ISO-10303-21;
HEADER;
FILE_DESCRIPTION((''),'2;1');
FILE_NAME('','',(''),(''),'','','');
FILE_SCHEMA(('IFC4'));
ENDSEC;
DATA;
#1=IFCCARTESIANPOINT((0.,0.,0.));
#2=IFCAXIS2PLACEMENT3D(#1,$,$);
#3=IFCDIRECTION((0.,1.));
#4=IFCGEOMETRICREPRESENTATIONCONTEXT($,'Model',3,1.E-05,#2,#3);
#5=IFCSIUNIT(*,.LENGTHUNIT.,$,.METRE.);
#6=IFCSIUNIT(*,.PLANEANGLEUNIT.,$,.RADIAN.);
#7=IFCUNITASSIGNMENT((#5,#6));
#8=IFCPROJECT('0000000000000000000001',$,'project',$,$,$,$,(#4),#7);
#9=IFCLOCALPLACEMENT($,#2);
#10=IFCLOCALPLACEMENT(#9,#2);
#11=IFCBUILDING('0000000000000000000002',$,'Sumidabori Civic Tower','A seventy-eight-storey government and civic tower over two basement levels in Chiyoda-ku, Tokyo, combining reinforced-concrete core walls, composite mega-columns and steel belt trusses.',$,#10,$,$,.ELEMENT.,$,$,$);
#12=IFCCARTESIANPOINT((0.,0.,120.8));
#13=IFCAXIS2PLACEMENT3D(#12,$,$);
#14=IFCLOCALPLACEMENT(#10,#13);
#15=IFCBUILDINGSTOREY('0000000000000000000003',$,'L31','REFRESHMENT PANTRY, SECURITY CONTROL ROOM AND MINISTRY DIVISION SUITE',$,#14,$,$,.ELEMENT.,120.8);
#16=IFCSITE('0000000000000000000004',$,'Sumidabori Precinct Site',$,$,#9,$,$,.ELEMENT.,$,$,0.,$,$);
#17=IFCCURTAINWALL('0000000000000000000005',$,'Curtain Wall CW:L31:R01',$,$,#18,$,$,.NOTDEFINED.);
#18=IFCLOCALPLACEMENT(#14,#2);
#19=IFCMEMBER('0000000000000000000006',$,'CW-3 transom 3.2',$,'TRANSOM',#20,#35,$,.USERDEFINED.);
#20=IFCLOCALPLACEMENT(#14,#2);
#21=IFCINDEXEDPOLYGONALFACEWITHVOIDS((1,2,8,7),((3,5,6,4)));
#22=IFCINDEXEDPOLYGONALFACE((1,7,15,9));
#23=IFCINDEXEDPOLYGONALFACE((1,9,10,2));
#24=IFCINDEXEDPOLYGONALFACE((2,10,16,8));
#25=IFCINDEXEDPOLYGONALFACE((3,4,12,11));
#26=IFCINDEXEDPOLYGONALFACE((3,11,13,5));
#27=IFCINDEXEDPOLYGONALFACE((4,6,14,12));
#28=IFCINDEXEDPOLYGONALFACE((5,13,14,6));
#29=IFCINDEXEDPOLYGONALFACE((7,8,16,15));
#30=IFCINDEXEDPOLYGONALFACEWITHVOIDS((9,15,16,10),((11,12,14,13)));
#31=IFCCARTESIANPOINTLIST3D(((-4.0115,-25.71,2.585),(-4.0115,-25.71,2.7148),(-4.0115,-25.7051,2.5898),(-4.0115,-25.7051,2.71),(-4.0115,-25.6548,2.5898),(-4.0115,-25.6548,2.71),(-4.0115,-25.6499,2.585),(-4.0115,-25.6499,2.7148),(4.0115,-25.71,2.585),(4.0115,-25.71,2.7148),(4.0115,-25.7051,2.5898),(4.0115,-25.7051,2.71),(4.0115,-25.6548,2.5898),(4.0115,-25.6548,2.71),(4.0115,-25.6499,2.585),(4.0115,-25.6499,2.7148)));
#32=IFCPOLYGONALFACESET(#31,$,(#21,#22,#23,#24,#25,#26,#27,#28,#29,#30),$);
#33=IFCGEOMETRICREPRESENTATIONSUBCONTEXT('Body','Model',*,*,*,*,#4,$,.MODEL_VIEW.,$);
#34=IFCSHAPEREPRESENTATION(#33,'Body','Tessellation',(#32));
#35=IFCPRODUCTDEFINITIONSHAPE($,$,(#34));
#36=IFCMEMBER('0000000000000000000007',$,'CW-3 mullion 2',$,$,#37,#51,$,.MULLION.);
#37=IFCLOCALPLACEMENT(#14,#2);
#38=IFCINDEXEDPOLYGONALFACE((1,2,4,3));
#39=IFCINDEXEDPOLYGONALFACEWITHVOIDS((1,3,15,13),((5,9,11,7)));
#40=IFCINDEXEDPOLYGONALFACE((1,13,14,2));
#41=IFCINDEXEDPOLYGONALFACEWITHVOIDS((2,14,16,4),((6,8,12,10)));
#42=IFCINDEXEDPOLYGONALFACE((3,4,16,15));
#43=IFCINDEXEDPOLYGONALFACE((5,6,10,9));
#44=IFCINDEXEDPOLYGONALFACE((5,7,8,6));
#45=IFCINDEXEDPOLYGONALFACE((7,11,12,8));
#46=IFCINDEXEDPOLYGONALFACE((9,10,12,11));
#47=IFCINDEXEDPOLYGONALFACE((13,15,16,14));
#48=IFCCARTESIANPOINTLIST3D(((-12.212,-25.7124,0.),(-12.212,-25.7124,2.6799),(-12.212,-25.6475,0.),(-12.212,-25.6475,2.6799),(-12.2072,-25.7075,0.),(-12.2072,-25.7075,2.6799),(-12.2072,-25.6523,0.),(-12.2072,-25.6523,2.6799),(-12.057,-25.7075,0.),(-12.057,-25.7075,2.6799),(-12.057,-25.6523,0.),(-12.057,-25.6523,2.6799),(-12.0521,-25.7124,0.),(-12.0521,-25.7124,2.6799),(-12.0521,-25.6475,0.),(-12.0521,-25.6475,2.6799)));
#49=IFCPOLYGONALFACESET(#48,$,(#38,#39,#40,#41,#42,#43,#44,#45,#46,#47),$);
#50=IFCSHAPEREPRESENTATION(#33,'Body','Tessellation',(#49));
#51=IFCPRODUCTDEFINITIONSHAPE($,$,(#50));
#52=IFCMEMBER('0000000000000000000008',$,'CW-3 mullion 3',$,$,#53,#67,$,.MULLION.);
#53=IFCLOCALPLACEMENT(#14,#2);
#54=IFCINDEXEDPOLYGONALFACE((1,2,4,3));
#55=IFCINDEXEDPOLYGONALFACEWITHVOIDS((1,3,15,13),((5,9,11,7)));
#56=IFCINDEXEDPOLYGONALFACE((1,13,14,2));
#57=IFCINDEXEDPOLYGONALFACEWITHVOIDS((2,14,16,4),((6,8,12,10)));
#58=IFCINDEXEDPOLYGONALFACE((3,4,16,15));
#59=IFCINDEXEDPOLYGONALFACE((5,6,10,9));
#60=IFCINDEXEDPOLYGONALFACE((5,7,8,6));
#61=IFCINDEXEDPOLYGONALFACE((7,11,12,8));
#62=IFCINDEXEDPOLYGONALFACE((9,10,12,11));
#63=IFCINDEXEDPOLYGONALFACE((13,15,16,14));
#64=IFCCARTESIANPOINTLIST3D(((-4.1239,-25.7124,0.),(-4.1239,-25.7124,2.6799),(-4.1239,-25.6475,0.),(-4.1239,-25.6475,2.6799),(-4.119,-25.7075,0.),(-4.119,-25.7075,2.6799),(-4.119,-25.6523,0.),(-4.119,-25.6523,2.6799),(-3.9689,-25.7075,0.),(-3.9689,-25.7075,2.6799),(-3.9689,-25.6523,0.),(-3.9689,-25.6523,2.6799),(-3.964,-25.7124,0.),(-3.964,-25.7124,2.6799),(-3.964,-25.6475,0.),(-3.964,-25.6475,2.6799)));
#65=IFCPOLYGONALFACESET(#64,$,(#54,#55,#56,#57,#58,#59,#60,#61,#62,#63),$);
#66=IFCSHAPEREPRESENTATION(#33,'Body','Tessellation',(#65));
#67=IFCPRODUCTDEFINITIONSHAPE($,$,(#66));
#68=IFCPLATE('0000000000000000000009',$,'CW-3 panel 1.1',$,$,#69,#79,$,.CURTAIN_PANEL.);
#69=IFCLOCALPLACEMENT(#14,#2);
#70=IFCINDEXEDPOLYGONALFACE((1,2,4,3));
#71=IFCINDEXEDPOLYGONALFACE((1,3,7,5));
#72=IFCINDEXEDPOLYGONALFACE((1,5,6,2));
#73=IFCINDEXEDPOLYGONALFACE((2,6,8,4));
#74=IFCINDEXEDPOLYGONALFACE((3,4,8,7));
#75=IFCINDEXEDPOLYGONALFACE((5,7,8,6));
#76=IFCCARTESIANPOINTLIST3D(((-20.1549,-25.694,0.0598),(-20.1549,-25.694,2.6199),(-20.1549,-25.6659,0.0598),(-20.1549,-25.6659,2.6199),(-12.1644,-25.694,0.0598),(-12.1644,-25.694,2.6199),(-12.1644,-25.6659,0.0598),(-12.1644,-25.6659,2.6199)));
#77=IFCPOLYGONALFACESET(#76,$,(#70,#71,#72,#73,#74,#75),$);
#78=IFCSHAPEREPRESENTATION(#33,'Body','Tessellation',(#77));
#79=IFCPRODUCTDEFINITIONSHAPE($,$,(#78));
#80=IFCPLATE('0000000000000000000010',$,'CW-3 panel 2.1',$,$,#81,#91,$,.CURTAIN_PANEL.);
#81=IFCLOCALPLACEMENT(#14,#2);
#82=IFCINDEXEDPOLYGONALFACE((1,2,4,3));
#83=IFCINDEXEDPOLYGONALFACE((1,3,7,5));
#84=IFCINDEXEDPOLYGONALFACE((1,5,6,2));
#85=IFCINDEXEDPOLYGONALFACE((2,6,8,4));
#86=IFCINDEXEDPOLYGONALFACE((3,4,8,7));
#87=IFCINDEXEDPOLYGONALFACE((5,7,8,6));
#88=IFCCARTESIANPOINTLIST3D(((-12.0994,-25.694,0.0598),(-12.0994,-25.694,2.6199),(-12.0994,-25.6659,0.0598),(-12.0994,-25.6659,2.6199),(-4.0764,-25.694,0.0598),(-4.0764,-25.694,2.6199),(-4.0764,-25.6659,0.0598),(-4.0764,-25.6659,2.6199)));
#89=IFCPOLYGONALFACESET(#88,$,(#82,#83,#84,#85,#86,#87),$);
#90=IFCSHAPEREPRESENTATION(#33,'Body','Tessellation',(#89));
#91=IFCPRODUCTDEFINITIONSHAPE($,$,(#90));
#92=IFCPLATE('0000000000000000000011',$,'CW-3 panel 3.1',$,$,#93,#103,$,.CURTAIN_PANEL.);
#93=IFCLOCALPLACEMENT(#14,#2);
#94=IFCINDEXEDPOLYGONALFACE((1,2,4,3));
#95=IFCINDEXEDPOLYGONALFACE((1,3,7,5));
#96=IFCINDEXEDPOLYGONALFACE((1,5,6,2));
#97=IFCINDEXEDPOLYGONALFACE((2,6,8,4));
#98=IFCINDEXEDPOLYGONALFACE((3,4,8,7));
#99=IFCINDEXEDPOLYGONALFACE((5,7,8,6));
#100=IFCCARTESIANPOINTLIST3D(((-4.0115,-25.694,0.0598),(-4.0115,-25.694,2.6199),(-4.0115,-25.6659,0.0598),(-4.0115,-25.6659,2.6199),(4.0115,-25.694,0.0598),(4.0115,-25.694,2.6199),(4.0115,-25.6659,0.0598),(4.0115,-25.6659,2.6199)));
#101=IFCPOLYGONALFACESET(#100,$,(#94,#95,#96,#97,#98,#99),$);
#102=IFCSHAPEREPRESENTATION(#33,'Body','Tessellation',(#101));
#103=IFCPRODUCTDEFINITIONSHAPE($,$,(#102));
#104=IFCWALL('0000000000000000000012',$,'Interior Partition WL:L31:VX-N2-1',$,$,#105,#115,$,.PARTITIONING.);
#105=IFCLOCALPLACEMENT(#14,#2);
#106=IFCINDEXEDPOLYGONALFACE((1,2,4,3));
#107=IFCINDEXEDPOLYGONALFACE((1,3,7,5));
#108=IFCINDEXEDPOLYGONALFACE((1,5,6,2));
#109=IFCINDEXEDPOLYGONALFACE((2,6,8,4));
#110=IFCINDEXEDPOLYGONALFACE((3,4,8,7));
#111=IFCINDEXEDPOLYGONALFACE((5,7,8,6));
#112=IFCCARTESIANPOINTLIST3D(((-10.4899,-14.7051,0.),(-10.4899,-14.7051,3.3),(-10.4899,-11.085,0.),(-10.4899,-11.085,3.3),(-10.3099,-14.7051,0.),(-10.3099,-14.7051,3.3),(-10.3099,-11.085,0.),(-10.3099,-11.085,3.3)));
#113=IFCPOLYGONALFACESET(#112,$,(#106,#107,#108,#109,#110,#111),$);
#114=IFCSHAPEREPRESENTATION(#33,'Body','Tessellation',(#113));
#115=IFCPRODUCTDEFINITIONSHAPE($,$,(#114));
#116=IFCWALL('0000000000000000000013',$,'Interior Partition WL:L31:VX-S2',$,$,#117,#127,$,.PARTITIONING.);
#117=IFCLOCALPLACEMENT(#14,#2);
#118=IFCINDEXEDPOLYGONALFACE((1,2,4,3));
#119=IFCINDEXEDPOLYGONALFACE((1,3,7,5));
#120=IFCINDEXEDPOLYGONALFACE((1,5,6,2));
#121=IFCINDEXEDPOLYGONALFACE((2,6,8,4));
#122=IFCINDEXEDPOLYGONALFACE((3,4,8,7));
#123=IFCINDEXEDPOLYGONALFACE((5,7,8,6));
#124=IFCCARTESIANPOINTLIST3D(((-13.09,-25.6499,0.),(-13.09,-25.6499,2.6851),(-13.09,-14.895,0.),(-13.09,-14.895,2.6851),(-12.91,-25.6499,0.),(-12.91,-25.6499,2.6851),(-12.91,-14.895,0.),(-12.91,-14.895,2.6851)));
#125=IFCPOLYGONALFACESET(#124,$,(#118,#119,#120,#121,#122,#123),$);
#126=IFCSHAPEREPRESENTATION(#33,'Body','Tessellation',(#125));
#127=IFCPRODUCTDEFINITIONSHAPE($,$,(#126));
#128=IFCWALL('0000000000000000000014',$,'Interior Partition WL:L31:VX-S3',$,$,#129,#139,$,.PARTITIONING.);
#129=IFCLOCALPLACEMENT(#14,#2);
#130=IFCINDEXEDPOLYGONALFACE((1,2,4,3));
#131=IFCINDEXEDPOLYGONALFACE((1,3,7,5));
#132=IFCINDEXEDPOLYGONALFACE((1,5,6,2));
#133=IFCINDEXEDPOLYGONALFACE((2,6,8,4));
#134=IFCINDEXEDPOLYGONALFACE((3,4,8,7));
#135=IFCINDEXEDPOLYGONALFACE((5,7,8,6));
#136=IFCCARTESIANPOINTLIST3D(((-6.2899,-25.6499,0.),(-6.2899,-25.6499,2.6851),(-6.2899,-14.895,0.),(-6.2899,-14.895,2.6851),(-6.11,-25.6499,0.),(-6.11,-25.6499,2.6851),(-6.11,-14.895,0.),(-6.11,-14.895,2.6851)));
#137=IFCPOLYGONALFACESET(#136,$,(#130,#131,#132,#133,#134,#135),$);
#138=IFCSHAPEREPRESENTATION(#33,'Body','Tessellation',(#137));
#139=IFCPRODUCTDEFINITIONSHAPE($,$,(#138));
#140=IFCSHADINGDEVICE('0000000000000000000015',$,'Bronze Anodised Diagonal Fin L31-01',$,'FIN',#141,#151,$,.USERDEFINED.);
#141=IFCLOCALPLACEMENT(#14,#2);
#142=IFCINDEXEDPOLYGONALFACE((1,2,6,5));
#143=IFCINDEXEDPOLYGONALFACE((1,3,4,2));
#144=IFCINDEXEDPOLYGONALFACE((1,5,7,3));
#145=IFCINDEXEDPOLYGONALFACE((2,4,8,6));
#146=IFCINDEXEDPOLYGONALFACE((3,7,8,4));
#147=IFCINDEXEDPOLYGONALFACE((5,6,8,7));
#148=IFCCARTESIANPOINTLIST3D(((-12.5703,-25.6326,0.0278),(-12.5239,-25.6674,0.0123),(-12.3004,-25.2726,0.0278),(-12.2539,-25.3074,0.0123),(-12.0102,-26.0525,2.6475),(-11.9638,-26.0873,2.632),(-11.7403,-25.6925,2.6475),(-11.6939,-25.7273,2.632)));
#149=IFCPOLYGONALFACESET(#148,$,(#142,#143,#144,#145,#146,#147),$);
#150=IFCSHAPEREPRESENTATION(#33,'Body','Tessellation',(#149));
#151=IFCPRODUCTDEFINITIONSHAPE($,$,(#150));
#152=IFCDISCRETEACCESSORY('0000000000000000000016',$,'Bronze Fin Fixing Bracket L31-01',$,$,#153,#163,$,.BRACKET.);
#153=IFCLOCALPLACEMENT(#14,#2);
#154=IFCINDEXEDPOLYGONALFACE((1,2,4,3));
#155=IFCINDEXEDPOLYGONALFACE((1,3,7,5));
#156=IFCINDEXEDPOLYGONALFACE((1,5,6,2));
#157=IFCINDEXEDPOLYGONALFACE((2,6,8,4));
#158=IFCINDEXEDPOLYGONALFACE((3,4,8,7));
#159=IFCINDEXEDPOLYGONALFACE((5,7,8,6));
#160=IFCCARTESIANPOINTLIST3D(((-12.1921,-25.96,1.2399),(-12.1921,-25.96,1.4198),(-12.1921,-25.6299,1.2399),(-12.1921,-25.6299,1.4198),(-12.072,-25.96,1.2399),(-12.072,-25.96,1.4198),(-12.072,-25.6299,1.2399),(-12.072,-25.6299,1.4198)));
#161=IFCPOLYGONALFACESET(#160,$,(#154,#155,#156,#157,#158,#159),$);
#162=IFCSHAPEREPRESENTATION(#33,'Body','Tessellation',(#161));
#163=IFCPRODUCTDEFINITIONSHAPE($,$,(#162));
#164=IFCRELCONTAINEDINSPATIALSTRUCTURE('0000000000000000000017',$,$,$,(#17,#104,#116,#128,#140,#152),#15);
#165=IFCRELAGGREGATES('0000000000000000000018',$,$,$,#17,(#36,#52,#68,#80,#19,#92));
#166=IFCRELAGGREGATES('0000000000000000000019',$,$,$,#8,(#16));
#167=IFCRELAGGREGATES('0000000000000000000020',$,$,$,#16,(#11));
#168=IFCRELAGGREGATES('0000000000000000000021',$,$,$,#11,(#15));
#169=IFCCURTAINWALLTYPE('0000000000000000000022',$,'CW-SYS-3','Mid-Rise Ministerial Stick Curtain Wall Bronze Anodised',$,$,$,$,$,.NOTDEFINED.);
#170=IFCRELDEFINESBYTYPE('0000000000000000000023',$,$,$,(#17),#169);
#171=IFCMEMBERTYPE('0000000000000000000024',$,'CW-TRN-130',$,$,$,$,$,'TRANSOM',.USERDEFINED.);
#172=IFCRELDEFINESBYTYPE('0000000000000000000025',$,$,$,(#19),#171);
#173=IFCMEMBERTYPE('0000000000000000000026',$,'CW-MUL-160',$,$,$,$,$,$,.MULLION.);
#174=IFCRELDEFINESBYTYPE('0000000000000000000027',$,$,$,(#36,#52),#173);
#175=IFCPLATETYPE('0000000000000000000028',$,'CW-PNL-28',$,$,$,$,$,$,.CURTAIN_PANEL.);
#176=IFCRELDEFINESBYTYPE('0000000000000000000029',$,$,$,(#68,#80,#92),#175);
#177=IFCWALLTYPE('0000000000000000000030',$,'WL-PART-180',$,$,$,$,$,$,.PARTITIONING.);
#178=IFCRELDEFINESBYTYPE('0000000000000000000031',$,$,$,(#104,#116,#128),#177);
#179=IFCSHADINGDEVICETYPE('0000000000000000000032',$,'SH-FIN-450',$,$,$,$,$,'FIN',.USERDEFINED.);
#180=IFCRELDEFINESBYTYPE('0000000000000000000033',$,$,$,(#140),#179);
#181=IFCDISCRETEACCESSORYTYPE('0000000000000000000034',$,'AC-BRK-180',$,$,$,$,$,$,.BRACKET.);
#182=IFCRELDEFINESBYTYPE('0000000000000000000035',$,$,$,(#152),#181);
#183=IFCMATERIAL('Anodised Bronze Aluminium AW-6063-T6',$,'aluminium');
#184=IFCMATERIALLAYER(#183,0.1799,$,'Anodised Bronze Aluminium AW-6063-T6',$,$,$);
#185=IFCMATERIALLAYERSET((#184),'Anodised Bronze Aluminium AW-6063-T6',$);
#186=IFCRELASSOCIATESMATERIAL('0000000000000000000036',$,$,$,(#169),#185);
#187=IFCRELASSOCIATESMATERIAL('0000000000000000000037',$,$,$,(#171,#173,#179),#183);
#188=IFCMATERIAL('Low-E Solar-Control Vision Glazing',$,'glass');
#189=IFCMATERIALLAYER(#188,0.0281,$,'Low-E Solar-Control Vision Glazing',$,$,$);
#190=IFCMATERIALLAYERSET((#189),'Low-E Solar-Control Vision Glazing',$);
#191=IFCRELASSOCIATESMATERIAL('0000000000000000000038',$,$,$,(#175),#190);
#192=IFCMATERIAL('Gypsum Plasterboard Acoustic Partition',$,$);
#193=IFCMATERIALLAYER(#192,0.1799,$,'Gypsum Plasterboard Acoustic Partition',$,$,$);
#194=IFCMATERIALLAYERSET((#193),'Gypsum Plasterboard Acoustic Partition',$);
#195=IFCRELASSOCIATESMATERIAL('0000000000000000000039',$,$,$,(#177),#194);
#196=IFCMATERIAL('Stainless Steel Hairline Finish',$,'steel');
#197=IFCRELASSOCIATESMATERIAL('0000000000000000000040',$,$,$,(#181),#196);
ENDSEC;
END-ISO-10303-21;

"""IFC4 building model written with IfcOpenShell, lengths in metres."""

from ifc_helpers import new_model, si_unit, direction, frame, frame_2d, origin, origin_2d, place, context, subcontext, project, spatial, rectangle, hollow_rectangle, extrude, source, transform, mapped, material, layer, layer_set, material_profile, profile_set, type_object, element, aggregate, save


model = new_model("IFC4")

# Units and contexts
model_context = context("Model", 3, precision=1e-05, world=origin(), true_north=direction((0.0, 1.0)))
body_context = subcontext(model_context, "Body", "Model", "MODEL_VIEW")
ifc_project = project(units=[si_unit("LENGTHUNIT", "METRE"), si_unit("PLANEANGLEUNIT", "RADIAN")], contexts=[model_context])

# Site, building, storey
site_placement = place(None, origin())
site = spatial("IfcSite", under=ifc_project, at=site_placement, Name="Sumidabori Precinct Site", CompositionType="ELEMENT", RefElevation=0.0)
building_placement = place(site_placement, origin())
building = spatial("IfcBuilding", under=site, at=building_placement, Name="Sumidabori Civic Tower", Description="A seventy-eight-storey government and civic tower over two basement levels in Chiyoda-ku, Tokyo, combining reinforced-concrete core walls, composite mega-columns and steel belt trusses.", CompositionType="ELEMENT")
storey_placement = place(building_placement, frame((0.0, 0.0, 120.8)))
storey = spatial("IfcBuildingStorey", under=building, at=storey_placement, Name="L31", Description="REFRESHMENT PANTRY, SECURITY CONTROL ROOM AND MINISTRY DIVISION SUITE", CompositionType="ELEMENT", Elevation=120.8)

# Curtain wall, members, plates
ifc_material_1 = material(Name="Anodised Bronze Aluminium AW-6063-T6", Category="aluminium")
ifc_layer_1 = layer(ifc_material_1, 0.1799, Name="Anodised Bronze Aluminium AW-6063-T6")
ifc_layer_set_1 = layer_set([ifc_layer_1], Name="Anodised Bronze Aluminium AW-6063-T6")
curtain_wall_type = type_object("IfcCurtainWallType", Name="CW-SYS-3", Description="Mid-Rise Ministerial Stick Curtain Wall Bronze Anodised", PredefinedType="NOTDEFINED", material=ifc_layer_set_1)
curtain_wall_placement = place(storey_placement, origin())
curtain_wall = element("IfcCurtainWall", 1, at=curtain_wall_placement, inside=storey, type_object=curtain_wall_type, Name="Curtain Wall CW:L31:R01", PredefinedType="NOTDEFINED")
ifc_material_profile_1 = material_profile(ifc_material_1, hollow_rectangle(XDim=0.0601, YDim=0.1299, WallThickness=0.0049, at=origin_2d()), Name="ALU TRANSOM 130x60")
ifc_profile_set_1 = profile_set([ifc_material_profile_1], Name="Anodised Bronze Aluminium AW-6063-T6")
member_type_1 = type_object("IfcMemberType", Name="CW-TRN-130", ElementType="TRANSOM", PredefinedType="USERDEFINED", material=ifc_profile_set_1)
shared_shape_1 = source(origin(), body_context, "Body", "SweptSolid", [
    extrude(hollow_rectangle(XDim=0.0601, YDim=0.1299, WallThickness=0.0049, at=origin_2d()), origin(), (0.0, 0.0, 1.0), 8.0229),
])
member_1_placement = place(storey_placement, frame((-4.0115, -25.6799, 2.6499), z_axis=(1.0, 0.0, 0.0), x_axis=(0.0, 1.0, 0.0)))
member_1 = element("IfcMember", 2, at=member_1_placement, type_object=member_type_1, Name="CW-3 transom 3.2", ObjectType="TRANSOM", PredefinedType="USERDEFINED", context=body_context, shape_type="MappedRepresentation", body=[
    mapped(shared_shape_1, transform((0.0, 0.0, 0.0), x_axis=(1.0, 0.0, 0.0), y_axis=(0.0, 1.0, 0.0), z_axis=(0.0, 0.0, 1.0), scale=1.0)),
])
ifc_material_profile_2 = material_profile(ifc_material_1, hollow_rectangle(XDim=0.0649, YDim=0.1599, WallThickness=0.0049, at=origin_2d()), Name="ALU MULLION 160x65")
ifc_profile_set_2 = profile_set([ifc_material_profile_2], Name="Anodised Bronze Aluminium AW-6063-T6")
member_type_2 = type_object("IfcMemberType", Name="CW-MUL-160", PredefinedType="MULLION", material=ifc_profile_set_2)
shared_shape_2 = source(origin(), body_context, "Body", "SweptSolid", [
    extrude(hollow_rectangle(XDim=0.0649, YDim=0.1599, WallThickness=0.0049, at=origin_2d()), origin(), (0.0, 0.0, 1.0), 2.6799),
])
member_2_placement = place(storey_placement, frame((-12.1321, -25.6799, 0.0), z_axis=(0.0, 0.0, 1.0), x_axis=(0.0, 1.0, 0.0)))
member_2 = element("IfcMember", 3, at=member_2_placement, type_object=member_type_2, Name="CW-3 mullion 2", PredefinedType="MULLION", context=body_context, shape_type="MappedRepresentation", body=[
    mapped(shared_shape_2, transform((0.0, 0.0, 0.0), x_axis=(1.0, 0.0, 0.0), y_axis=(0.0, 1.0, 0.0), z_axis=(0.0, 0.0, 1.0), scale=1.0)),
])
member_3_placement = place(storey_placement, frame((-4.0439, -25.6799, 0.0), z_axis=(0.0, 0.0, 1.0), x_axis=(0.0, 1.0, 0.0)))
member_3 = element("IfcMember", 4, at=member_3_placement, type_object=member_type_2, Name="CW-3 mullion 3", PredefinedType="MULLION", context=body_context, shape_type="MappedRepresentation", body=[
    mapped(shared_shape_2, transform((0.0, 0.0, 0.0), x_axis=(1.0, 0.0, 0.0), y_axis=(0.0, 1.0, 0.0), z_axis=(0.0, 0.0, 1.0), scale=1.0)),
])
ifc_material_2 = material(Name="Low-E Solar-Control Vision Glazing", Category="glass")
ifc_layer_2 = layer(ifc_material_2, 0.0281, Name="Low-E Solar-Control Vision Glazing")
ifc_layer_set_2 = layer_set([ifc_layer_2], Name="Low-E Solar-Control Vision Glazing")
plate_type = type_object("IfcPlateType", Name="CW-PNL-28", PredefinedType="CURTAIN_PANEL", material=ifc_layer_set_2)
shared_shape_3 = source(origin(), body_context, "Body", "SweptSolid", [
    extrude(rectangle(XDim=7.9905, YDim=0.0281, at=origin_2d()), origin(), (0.0, 0.0, 1.0), 2.5601),
])
plate_1_placement = place(storey_placement, frame((-16.1597, -25.6799, 0.0598), z_axis=(0.0, 0.0, 1.0), x_axis=(1.0, 0.0, 0.0)))
plate_1 = element("IfcPlate", 5, at=plate_1_placement, type_object=plate_type, Name="CW-3 panel 1.1", PredefinedType="CURTAIN_PANEL", context=body_context, shape_type="MappedRepresentation", body=[
    mapped(shared_shape_3, transform((0.0, 0.0, 0.0), x_axis=(1.0, 0.0, 0.0), y_axis=(0.0, 1.0, 0.0), z_axis=(0.0, 0.0, 1.0), scale=1.0)),
])
shared_shape_4 = source(origin(), body_context, "Body", "SweptSolid", [
    extrude(rectangle(XDim=8.0229, YDim=0.0281, at=origin_2d()), origin(), (0.0, 0.0, 1.0), 2.5601),
])
plate_2_placement = place(storey_placement, frame((-8.0879, -25.6799, 0.0598), z_axis=(0.0, 0.0, 1.0), x_axis=(1.0, 0.0, 0.0)))
plate_2 = element("IfcPlate", 6, at=plate_2_placement, type_object=plate_type, Name="CW-3 panel 2.1", PredefinedType="CURTAIN_PANEL", context=body_context, shape_type="MappedRepresentation", body=[
    mapped(shared_shape_4, transform((0.0, 0.0, 0.0), x_axis=(1.0, 0.0, 0.0), y_axis=(0.0, 1.0, 0.0), z_axis=(0.0, 0.0, 1.0), scale=1.0)),
])
plate_3_placement = place(storey_placement, frame((0.0, -25.6799, 0.0598), z_axis=(0.0, 0.0, 1.0), x_axis=(1.0, 0.0, 0.0)))
plate_3 = element("IfcPlate", 7, at=plate_3_placement, type_object=plate_type, Name="CW-3 panel 3.1", PredefinedType="CURTAIN_PANEL", context=body_context, shape_type="MappedRepresentation", body=[
    mapped(shared_shape_4, transform((0.0, 0.0, 0.0), x_axis=(1.0, 0.0, 0.0), y_axis=(0.0, 1.0, 0.0), z_axis=(0.0, 0.0, 1.0), scale=1.0)),
])
aggregate(curtain_wall, [member_2, member_3, plate_1, plate_2, member_1, plate_3])

# Walls
ifc_material_3 = material(Name="Gypsum Plasterboard Acoustic Partition")
ifc_layer_3 = layer(ifc_material_3, 0.1799, Name="Gypsum Plasterboard Acoustic Partition")
ifc_layer_set_3 = layer_set([ifc_layer_3], Name="Gypsum Plasterboard Acoustic Partition")
wall_type = type_object("IfcWallType", Name="WL-PART-180", PredefinedType="PARTITIONING", material=ifc_layer_set_3)
shared_shape_5 = source(origin(), body_context, "Body", "SweptSolid", [
    extrude(rectangle(XDim=3.6201, YDim=0.1799, at=frame_2d((1.8101, 0.0))), origin(), (0.0, 0.0, 1.0), 3.3),
])
wall_placement = place(storey_placement, frame((-10.3999, -14.7051, 0.0), z_axis=(0.0, 0.0, 1.0), x_axis=(0.0, 1.0, 0.0)))
element("IfcWall", 8, at=wall_placement, inside=storey, type_object=wall_type, Name="Interior Partition WL:L31:VX-N2-1", PredefinedType="PARTITIONING", context=body_context, shape_type="MappedRepresentation", body=[
    mapped(shared_shape_5, transform((0.0, 0.0, 0.0), x_axis=(1.0, 0.0, 0.0), y_axis=(0.0, 1.0, 0.0), z_axis=(0.0, 0.0, 1.0), scale=1.0)),
])
shared_shape_6 = source(origin(), body_context, "Body", "SweptSolid", [
    extrude(rectangle(XDim=10.7549, YDim=0.1799, at=frame_2d((5.3774, 0.0))), origin(), (0.0, 0.0, 1.0), 2.6851),
])
for number, where, z_axis, x_axis, name in (
    (9, (-13.0, -25.6499, 0.0), (0.0, 0.0, 1.0), (0.0, 1.0, 0.0), "Interior Partition WL:L31:VX-S2"),
    (10, (-6.2, -25.6499, 0.0), (0.0, 0.0, 1.0), (0.0, 1.0, 0.0), "Interior Partition WL:L31:VX-S3"),
):
    element("IfcWall", number, at=place(storey_placement, frame(where, z_axis=z_axis, x_axis=x_axis)), inside=storey, type_object=wall_type, Name=name, PredefinedType="PARTITIONING", context=body_context, shape_type="MappedRepresentation", body=[
        mapped(shared_shape_6, transform((0.0, 0.0, 0.0), x_axis=(1.0, 0.0, 0.0), y_axis=(0.0, 1.0, 0.0), z_axis=(0.0, 0.0, 1.0), scale=1.0)),
    ])

# Shading device
ifc_material_profile_3 = material_profile(ifc_material_1, rectangle(XDim=0.0601, YDim=0.45, at=origin_2d()), Name="BRONZE FIN 450x60")
ifc_profile_set_3 = profile_set([ifc_material_profile_3], Name="Anodised Bronze Aluminium AW-6063-T6")
shading_device_type = type_object("IfcShadingDeviceType", Name="SH-FIN-450", ElementType="FIN", PredefinedType="USERDEFINED", material=ifc_profile_set_3)
shared_shape_7 = source(origin(), body_context, "Body", "SweptSolid", [
    extrude(rectangle(XDim=0.0601, YDim=0.45, at=origin_2d()), origin(), (0.0, 0.0, 1.0), 2.7117),
])
shading_device_placement = place(storey_placement, frame((-12.4121, -25.47, 0.02), z_axis=(0.206528, -0.154851, 0.966109), x_axis=(0.772968, -0.579558, -0.258133)))
element("IfcShadingDevice", 11, at=shading_device_placement, inside=storey, type_object=shading_device_type, Name="Bronze Anodised Diagonal Fin L31-01", ObjectType="FIN", PredefinedType="USERDEFINED", context=body_context, shape_type="MappedRepresentation", body=[
    mapped(shared_shape_7, transform((0.0, 0.0, 0.0), x_axis=(1.0, 0.0, 0.0), y_axis=(0.0, 1.0, 0.0), z_axis=(0.0, 0.0, 1.0), scale=1.0)),
])

# Discrete accessory
ifc_material_4 = material(Name="Stainless Steel Hairline Finish", Category="steel")
ifc_material_profile_4 = material_profile(ifc_material_4, rectangle(XDim=0.1201, YDim=0.1799, at=origin_2d()), Name="STEEL BRACKET 180x120")
ifc_profile_set_4 = profile_set([ifc_material_profile_4], Name="Stainless Steel Hairline Finish")
discrete_accessory_type = type_object("IfcDiscreteAccessoryType", Name="AC-BRK-180", PredefinedType="BRACKET", material=ifc_profile_set_4)
shared_shape_8 = source(origin(), body_context, "Body", "SweptSolid", [
    extrude(rectangle(XDim=0.1201, YDim=0.1799, at=origin_2d()), origin(), (0.0, 0.0, 1.0), 0.3301),
])
discrete_accessory_placement = place(storey_placement, frame((-12.1321, -25.6299, 1.3298), z_axis=(0.0, -1.0, 0.0), x_axis=(1.0, 0.0, 0.0)))
element("IfcDiscreteAccessory", 12, at=discrete_accessory_placement, inside=storey, type_object=discrete_accessory_type, Name="Bronze Fin Fixing Bracket L31-01", PredefinedType="BRACKET", context=body_context, shape_type="MappedRepresentation", body=[
    mapped(shared_shape_8, transform((0.0, 0.0, 0.0), x_axis=(1.0, 0.0, 0.0), y_axis=(0.0, 1.0, 0.0), z_axis=(0.0, 0.0, 1.0), scale=1.0)),
])

save(model, "model.ifc")
